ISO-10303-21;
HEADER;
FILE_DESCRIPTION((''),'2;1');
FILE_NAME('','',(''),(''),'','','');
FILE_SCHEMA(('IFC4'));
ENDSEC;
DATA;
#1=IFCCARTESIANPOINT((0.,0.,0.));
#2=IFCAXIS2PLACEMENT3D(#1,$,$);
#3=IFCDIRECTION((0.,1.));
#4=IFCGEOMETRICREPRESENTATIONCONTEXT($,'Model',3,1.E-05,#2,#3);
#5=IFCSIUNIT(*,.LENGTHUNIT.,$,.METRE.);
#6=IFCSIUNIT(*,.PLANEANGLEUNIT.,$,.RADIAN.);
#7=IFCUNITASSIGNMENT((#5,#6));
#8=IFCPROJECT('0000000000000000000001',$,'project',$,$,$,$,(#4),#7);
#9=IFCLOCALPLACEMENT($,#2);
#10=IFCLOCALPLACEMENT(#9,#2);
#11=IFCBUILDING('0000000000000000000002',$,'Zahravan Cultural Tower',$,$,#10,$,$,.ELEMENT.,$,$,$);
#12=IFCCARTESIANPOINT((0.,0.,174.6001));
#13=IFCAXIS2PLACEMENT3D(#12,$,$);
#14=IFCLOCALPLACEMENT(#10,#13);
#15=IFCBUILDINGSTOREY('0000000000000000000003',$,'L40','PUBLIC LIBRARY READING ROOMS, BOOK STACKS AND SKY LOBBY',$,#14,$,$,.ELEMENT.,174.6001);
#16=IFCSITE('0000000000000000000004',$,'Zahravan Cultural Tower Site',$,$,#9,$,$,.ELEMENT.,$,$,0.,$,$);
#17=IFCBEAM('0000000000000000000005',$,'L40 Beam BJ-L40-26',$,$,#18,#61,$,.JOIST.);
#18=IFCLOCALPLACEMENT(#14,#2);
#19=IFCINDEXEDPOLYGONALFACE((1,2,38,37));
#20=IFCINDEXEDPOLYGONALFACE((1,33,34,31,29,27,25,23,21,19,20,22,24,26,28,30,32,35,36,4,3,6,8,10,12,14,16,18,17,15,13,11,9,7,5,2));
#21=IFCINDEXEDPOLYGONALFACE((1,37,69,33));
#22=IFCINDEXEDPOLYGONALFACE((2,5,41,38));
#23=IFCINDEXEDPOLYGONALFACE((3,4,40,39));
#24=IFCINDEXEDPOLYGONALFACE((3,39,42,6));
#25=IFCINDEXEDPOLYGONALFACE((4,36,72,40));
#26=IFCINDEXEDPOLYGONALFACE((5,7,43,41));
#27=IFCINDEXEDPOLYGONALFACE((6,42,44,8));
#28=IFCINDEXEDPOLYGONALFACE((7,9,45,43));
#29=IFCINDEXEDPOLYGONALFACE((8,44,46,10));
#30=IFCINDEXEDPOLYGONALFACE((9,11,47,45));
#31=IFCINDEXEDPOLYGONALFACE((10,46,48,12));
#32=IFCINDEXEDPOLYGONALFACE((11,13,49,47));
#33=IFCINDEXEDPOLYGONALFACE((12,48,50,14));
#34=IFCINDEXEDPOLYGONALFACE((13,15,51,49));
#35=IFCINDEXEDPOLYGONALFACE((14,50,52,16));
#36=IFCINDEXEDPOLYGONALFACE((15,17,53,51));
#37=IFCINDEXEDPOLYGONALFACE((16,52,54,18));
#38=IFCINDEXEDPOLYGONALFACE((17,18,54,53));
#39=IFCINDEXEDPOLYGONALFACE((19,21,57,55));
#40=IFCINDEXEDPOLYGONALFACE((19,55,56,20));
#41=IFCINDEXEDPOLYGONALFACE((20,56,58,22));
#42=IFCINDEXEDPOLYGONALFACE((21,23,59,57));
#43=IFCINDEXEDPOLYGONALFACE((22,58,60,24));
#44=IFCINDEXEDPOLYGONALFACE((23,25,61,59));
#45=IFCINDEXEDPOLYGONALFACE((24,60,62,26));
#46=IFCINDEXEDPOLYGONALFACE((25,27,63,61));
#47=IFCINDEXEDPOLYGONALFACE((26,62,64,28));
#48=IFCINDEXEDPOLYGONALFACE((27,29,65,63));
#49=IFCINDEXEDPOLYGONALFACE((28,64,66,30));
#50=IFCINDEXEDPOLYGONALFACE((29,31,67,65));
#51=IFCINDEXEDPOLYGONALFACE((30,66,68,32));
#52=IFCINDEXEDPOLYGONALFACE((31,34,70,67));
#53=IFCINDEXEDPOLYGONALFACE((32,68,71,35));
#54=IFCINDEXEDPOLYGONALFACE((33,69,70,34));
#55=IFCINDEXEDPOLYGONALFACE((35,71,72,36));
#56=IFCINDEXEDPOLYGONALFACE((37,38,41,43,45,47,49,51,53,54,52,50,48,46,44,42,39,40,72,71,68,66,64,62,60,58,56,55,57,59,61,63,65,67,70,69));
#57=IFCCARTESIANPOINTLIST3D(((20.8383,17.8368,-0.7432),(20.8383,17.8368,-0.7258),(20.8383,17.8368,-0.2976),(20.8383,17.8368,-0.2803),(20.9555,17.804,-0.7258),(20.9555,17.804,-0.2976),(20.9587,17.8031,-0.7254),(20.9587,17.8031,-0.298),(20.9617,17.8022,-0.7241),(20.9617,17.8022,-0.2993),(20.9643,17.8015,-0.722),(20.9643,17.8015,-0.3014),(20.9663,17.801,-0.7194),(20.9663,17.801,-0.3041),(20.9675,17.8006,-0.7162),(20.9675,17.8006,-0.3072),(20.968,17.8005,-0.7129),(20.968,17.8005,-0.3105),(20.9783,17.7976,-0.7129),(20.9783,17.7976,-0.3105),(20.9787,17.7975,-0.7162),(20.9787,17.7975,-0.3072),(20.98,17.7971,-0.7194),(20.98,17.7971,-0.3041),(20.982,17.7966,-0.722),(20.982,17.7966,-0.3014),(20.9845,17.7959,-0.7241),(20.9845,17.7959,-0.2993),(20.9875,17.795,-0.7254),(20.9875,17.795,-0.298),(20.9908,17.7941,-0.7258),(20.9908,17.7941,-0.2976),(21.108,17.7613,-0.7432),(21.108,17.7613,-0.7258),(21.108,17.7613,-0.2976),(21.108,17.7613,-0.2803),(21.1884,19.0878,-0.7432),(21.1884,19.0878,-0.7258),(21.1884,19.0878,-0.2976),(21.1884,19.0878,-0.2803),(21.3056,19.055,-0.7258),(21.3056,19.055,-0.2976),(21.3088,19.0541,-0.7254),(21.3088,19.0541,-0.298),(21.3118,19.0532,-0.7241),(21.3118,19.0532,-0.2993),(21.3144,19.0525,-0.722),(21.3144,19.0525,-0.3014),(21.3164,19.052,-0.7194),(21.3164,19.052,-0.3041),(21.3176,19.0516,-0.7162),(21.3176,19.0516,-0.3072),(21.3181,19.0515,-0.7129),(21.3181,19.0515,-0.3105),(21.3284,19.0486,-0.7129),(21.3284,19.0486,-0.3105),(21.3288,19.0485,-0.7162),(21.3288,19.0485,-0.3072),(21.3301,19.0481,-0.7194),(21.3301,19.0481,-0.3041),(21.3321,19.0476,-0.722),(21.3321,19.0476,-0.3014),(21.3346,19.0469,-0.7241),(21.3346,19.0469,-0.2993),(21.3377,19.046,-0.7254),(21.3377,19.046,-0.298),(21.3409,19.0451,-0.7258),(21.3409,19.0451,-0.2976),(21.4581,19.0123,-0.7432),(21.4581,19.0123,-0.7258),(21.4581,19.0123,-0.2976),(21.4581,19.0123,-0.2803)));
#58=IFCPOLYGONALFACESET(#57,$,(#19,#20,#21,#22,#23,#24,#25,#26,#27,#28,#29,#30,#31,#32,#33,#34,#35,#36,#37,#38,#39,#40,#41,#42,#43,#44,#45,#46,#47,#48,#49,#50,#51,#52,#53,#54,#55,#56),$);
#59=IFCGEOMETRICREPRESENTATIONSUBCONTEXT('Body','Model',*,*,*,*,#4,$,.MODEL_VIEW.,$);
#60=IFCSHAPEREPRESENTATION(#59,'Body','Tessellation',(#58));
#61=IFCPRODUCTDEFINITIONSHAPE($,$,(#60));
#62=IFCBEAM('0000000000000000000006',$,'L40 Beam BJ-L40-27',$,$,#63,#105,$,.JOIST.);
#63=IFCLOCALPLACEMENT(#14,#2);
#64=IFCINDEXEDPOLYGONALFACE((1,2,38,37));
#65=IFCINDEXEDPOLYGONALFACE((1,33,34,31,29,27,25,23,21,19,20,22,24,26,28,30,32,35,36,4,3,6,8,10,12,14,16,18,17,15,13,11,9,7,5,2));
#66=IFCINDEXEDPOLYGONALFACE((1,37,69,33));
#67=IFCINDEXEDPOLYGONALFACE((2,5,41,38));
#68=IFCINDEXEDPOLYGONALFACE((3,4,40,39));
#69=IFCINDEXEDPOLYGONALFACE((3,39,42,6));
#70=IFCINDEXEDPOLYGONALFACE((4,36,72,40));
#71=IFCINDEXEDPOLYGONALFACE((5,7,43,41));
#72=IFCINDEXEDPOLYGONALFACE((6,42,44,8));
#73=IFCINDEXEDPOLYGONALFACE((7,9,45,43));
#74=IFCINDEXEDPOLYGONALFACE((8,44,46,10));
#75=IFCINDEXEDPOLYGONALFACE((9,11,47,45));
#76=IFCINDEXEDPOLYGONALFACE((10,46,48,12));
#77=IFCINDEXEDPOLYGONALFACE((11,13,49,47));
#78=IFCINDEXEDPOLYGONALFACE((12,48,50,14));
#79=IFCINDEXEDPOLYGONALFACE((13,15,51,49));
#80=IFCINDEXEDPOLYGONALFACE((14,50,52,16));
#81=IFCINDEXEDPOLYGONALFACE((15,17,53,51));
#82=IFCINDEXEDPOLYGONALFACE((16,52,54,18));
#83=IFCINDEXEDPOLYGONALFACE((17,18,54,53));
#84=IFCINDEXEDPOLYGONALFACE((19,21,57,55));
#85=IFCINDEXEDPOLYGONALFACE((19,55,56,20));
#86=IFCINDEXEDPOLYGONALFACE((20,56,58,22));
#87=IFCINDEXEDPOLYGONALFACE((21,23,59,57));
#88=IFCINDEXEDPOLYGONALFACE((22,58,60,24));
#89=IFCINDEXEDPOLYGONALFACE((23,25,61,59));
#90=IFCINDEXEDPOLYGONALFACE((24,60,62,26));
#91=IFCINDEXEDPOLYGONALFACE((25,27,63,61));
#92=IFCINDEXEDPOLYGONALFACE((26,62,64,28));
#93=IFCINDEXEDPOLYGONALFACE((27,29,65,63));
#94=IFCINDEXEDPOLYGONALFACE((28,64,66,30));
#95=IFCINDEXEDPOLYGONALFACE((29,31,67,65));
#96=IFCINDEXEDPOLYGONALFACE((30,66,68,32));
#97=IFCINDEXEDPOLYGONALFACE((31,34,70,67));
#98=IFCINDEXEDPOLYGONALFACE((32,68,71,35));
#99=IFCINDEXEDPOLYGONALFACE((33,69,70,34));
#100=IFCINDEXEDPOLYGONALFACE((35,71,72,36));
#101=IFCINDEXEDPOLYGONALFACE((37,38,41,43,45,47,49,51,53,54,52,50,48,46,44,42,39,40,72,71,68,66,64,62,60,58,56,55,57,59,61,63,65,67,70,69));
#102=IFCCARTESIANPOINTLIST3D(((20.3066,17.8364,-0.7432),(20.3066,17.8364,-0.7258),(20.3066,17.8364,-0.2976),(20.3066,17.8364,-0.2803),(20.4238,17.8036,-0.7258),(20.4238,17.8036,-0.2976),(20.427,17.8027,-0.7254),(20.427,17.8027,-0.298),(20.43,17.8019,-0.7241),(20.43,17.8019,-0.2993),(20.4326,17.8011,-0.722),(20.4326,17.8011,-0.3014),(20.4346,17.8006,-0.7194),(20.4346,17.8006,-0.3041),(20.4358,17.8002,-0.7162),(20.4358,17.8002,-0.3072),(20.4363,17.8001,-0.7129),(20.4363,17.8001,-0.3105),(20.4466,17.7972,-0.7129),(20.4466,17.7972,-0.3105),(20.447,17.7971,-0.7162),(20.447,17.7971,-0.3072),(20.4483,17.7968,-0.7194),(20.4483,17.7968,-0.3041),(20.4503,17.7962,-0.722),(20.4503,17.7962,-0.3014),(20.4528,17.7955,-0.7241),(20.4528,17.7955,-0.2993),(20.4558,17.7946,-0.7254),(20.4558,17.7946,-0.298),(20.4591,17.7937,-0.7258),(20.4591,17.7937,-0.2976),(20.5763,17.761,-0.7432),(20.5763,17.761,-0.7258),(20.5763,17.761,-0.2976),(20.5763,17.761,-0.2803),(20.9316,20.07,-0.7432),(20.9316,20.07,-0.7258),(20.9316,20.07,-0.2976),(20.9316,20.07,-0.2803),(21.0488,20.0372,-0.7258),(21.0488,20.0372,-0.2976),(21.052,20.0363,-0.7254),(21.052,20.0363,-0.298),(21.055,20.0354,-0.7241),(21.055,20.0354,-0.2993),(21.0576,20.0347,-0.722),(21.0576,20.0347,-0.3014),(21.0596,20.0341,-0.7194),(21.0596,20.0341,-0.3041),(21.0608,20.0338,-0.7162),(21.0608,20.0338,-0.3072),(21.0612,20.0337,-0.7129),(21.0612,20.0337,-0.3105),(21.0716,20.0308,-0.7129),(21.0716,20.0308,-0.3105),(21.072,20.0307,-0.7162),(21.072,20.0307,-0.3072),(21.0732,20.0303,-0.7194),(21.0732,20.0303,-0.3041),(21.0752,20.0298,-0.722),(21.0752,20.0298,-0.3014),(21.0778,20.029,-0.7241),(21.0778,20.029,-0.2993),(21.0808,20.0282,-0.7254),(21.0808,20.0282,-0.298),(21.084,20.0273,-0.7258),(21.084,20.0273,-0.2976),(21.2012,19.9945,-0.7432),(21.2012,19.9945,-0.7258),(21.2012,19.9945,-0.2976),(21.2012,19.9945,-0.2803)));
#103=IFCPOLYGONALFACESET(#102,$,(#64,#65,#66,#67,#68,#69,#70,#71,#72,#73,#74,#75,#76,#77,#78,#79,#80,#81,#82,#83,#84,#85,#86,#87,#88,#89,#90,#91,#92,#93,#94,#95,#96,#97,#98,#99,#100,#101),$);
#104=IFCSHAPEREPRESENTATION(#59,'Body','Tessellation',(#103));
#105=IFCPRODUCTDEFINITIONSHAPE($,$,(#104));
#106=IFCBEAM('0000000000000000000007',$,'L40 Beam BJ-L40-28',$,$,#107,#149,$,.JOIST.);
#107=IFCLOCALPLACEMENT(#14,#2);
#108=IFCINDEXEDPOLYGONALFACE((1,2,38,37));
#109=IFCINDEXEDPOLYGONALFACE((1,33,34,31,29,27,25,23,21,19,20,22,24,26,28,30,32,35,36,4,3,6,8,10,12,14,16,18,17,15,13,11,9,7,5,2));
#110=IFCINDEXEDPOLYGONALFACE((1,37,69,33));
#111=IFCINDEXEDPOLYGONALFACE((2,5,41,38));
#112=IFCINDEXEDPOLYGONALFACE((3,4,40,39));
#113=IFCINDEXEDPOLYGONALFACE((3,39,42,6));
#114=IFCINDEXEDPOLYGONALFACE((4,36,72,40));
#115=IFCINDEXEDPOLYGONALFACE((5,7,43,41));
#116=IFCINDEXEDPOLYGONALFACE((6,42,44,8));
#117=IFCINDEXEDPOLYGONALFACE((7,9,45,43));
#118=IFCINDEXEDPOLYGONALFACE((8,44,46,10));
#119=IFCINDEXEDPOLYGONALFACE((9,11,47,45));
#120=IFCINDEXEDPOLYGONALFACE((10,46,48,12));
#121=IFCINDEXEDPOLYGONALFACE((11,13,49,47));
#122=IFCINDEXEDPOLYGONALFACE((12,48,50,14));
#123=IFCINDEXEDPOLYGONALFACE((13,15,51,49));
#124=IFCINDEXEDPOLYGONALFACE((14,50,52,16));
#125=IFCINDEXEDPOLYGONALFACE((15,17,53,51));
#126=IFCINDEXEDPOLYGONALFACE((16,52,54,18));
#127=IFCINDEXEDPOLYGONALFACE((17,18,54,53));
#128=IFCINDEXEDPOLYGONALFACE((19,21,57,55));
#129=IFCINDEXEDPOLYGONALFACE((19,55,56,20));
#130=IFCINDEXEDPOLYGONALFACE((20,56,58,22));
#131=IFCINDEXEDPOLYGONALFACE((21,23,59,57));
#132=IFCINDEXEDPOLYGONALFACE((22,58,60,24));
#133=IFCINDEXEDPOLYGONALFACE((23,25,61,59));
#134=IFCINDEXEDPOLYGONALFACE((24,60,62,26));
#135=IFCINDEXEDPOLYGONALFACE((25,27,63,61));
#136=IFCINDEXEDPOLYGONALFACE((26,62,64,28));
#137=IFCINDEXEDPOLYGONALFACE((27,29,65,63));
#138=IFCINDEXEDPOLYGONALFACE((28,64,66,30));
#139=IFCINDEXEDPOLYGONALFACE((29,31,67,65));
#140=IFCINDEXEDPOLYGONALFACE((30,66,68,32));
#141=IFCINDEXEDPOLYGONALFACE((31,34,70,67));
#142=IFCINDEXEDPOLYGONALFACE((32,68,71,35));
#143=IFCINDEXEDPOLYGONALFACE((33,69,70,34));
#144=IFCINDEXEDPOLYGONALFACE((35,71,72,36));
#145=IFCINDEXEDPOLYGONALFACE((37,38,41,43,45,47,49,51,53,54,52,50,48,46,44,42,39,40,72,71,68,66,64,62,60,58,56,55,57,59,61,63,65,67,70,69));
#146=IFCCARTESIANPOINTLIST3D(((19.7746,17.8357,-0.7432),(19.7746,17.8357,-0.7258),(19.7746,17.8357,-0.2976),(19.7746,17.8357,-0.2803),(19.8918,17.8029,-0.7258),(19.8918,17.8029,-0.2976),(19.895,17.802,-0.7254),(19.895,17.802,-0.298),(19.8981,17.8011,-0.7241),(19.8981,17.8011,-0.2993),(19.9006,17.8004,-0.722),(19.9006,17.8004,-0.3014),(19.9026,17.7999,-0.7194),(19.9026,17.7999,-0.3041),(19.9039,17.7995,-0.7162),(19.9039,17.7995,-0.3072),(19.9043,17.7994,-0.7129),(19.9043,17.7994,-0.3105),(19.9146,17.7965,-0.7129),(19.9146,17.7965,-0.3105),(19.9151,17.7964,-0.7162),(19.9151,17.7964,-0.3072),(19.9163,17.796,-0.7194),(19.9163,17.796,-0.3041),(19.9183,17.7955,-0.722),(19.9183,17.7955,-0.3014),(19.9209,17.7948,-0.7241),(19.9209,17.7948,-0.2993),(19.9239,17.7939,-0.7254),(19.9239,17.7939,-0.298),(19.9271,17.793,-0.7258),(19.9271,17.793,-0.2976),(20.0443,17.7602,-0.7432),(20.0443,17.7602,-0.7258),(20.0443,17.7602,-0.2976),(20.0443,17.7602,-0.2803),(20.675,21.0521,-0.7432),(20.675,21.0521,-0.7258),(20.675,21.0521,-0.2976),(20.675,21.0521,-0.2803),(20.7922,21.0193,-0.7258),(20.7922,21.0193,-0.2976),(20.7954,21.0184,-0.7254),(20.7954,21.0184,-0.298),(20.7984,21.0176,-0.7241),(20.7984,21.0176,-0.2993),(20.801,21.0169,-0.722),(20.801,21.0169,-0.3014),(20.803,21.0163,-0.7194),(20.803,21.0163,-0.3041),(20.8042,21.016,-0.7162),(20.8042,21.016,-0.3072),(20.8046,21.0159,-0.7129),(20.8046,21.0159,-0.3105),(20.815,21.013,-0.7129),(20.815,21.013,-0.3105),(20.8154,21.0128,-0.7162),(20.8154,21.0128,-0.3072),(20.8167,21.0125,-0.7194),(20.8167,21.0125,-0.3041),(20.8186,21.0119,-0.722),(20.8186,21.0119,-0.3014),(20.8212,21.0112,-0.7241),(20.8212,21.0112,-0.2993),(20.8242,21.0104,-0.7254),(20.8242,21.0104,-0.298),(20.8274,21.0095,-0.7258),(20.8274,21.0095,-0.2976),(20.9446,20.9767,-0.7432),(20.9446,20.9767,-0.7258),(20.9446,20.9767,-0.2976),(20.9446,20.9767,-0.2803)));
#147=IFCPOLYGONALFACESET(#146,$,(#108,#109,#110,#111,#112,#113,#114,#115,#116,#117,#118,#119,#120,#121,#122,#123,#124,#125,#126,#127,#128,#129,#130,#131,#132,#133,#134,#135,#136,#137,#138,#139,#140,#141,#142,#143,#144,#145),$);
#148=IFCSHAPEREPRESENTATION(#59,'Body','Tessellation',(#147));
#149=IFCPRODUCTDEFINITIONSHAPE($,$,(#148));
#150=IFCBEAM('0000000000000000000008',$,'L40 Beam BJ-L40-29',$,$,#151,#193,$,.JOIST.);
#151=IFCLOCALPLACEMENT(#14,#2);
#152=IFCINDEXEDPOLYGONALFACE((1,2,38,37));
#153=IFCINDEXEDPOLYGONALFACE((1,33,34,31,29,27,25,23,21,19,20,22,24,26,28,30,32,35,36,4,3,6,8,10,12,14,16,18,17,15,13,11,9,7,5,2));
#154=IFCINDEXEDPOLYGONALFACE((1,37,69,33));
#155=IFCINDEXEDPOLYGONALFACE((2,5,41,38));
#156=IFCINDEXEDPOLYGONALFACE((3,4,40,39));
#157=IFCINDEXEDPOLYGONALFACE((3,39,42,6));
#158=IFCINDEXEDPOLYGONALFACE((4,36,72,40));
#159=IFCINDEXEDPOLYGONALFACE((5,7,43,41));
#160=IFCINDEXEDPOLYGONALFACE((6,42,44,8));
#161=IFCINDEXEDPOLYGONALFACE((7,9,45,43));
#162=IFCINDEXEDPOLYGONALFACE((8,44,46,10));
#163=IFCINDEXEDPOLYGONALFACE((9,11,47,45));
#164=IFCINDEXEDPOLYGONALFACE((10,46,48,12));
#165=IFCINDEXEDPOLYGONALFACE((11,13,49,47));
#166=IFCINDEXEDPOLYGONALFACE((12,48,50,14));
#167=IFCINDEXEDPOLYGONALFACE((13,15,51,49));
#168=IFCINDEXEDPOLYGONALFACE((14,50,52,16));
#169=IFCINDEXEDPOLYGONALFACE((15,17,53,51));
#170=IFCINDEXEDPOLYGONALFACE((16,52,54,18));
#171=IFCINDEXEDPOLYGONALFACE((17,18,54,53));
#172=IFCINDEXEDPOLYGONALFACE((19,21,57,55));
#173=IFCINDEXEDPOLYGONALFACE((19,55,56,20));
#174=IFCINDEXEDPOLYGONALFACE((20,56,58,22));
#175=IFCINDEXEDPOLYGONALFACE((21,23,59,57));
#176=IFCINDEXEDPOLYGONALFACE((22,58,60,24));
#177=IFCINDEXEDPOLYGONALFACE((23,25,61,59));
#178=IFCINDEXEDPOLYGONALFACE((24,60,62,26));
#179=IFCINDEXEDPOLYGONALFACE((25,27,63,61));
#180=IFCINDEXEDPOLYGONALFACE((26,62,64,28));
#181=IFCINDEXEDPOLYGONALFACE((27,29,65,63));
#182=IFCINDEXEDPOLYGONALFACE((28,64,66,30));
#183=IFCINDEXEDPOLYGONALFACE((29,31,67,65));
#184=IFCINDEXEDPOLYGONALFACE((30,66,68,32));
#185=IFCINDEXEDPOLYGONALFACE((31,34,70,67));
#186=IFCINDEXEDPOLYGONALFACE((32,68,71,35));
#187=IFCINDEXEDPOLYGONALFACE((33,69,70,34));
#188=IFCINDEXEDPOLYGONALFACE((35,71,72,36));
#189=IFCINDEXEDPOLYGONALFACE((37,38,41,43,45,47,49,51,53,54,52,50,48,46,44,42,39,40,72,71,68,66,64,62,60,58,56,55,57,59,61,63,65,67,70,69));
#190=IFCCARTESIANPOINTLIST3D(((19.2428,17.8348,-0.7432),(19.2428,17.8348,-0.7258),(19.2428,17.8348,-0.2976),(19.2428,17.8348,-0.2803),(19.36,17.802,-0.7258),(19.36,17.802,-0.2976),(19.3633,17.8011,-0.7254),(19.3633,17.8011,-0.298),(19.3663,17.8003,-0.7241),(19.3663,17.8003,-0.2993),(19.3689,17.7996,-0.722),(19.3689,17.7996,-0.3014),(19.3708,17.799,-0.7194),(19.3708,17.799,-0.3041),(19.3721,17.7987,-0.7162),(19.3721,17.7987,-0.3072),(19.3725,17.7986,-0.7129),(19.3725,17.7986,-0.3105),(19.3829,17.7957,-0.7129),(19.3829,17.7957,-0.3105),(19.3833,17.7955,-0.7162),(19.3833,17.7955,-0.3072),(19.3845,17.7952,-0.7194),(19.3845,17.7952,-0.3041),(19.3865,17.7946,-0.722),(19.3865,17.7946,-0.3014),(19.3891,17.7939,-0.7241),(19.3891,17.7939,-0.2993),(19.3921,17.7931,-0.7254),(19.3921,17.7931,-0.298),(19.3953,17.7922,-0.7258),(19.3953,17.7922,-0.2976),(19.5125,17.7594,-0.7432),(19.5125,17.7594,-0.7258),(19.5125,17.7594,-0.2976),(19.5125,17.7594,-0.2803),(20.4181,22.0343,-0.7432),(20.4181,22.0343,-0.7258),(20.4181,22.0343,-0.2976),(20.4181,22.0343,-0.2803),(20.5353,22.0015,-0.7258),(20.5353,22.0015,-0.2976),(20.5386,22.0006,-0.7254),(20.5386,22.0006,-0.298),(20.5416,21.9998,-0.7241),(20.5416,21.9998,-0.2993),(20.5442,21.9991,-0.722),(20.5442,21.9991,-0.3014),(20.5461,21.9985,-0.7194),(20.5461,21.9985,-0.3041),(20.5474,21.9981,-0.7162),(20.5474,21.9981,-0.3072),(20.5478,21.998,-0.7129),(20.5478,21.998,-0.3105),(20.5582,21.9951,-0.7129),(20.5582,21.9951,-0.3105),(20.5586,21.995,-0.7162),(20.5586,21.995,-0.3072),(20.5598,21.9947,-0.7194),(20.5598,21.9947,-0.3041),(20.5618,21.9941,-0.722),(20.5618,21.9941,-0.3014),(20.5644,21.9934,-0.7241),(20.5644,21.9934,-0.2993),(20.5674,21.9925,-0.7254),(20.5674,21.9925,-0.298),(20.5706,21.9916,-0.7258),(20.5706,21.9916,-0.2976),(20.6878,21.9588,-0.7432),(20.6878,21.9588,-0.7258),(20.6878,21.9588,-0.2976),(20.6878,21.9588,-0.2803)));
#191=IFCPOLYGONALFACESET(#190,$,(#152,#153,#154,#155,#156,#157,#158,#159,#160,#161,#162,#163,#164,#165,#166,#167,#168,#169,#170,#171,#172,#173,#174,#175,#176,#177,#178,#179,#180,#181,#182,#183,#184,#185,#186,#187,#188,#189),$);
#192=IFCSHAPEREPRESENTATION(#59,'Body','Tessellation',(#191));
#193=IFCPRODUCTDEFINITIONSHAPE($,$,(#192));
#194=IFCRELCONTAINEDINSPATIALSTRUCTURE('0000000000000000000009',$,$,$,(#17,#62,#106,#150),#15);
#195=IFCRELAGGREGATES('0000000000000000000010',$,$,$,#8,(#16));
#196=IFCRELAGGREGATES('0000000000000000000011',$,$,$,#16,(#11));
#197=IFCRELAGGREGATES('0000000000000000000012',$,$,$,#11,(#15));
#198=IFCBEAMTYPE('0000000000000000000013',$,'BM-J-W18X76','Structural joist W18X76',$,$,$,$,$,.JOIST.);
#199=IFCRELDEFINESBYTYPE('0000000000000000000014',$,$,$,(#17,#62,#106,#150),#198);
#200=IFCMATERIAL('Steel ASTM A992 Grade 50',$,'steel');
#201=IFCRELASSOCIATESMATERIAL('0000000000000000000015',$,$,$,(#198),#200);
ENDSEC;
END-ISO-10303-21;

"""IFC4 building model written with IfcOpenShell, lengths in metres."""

from ifc_helpers import new_model, si_unit, direction, frame, origin, origin_2d, place, context, subcontext, project, spatial, i_section, extrude, source, transform, mapped, material, material_profile, profile_set, type_object, element, save


model = new_model("IFC4")

# Units and contexts
model_context = context("Model", 3, precision=1e-05, world=origin(), true_north=direction((0.0, 1.0)))
body_context = subcontext(model_context, "Body", "Model", "MODEL_VIEW")
ifc_project = project(units=[si_unit("LENGTHUNIT", "METRE"), si_unit("PLANEANGLEUNIT", "RADIAN")], contexts=[model_context])

# Site, building, storey
site_placement = place(None, origin())
site = spatial("IfcSite", under=ifc_project, at=site_placement, Name="Zahravan Cultural Tower Site", CompositionType="ELEMENT", RefElevation=0.0)
building_placement = place(site_placement, origin())
building = spatial("IfcBuilding", under=site, at=building_placement, Name="Zahravan Cultural Tower", CompositionType="ELEMENT")
storey_placement = place(building_placement, frame((0.0, 0.0, 174.6001)))
storey = spatial("IfcBuildingStorey", under=building, at=storey_placement, Name="L40", Description="PUBLIC LIBRARY READING ROOMS, BOOK STACKS AND SKY LOBBY", CompositionType="ELEMENT", Elevation=174.6001)

# Shared definitions
ifc_material_1 = material(Name="Steel ASTM A992 Grade 50", Category="steel")

# Beams
ifc_material_profile_1 = material_profile(ifc_material_1, i_section(OverallWidth=0.28, OverallDepth=0.4629, WebThickness=0.0107, FlangeThickness=0.0173, FilletRadius=0.0129, at=origin_2d()), Name="W18X76")
ifc_profile_set_1 = profile_set([ifc_material_profile_1], Name="Steel ASTM A992 Grade 50")
beam_type_1 = type_object("IfcBeamType", Name="BM-J-W18X76", Description="Structural joist W18X76", PredefinedType="JOIST", material=ifc_profile_set_1)
shared_shape_1 = source(origin(), body_context, "Body", "SweptSolid", [
    extrude(i_section(OverallWidth=0.28, OverallDepth=0.4629, WebThickness=0.0107, FlangeThickness=0.0173, FilletRadius=0.0129, at=origin_2d()), origin(), (0.0, 0.0, 1.0), 1.2991),
])
beam_1_placement = place(storey_placement, frame((21.3232, 19.05, -0.5117), z_axis=(-0.269504, -0.962999, 0.0), x_axis=(0.962999, -0.269504, 0.0)))
element("IfcBeam", 1, at=beam_1_placement, inside=storey, type_object=beam_type_1, Name="L40 Beam BJ-L40-26", PredefinedType="JOIST", context=body_context, shape_type="MappedRepresentation", body=[
    mapped(shared_shape_1, transform((0.0, 0.0, 0.0), x_axis=(1.0, 0.0, 0.0), y_axis=(0.0, 1.0, 0.0), z_axis=(0.0, 0.0, 1.0), scale=1.0)),
])
shared_shape_2 = source(origin(), body_context, "Body", "SweptSolid", [
    extrude(i_section(OverallWidth=0.28, OverallDepth=0.4629, WebThickness=0.0107, FlangeThickness=0.0173, FilletRadius=0.0129, at=origin_2d()), origin(), (0.0, 0.0, 1.0), 2.3193),
])
beam_2_placement = place(storey_placement, frame((21.0664, 20.0322, -0.5117), z_axis=(-0.269462, -0.963011, 0.0), x_axis=(0.963011, -0.269462, 0.0)))
element("IfcBeam", 2, at=beam_2_placement, inside=storey, type_object=beam_type_1, Name="L40 Beam BJ-L40-27", PredefinedType="JOIST", context=body_context, shape_type="MappedRepresentation", body=[
    mapped(shared_shape_2, transform((0.0, 0.0, 0.0), x_axis=(1.0, 0.0, 0.0), y_axis=(0.0, 1.0, 0.0), z_axis=(0.0, 0.0, 1.0), scale=1.0)),
])
shared_shape_3 = source(origin(), body_context, "Body", "SweptSolid", [
    extrude(i_section(OverallWidth=0.28, OverallDepth=0.4629, WebThickness=0.0107, FlangeThickness=0.0173, FilletRadius=0.0129, at=origin_2d()), origin(), (0.0, 0.0, 1.0), 3.3401),
])
beam_3_placement = place(storey_placement, frame((20.8098, 21.0144, -0.5117), z_axis=(-0.269562, -0.962983, 0.0), x_axis=(0.962983, -0.269562, 0.0)))
element("IfcBeam", 3, at=beam_3_placement, inside=storey, type_object=beam_type_1, Name="L40 Beam BJ-L40-28", PredefinedType="JOIST", context=body_context, shape_type="MappedRepresentation", body=[
    mapped(shared_shape_3, transform((0.0, 0.0, 0.0), x_axis=(1.0, 0.0, 0.0), y_axis=(0.0, 1.0, 0.0), z_axis=(0.0, 0.0, 1.0), scale=1.0)),
])
shared_shape_4 = source(origin(), body_context, "Body", "SweptSolid", [
    extrude(i_section(OverallWidth=0.28, OverallDepth=0.4629, WebThickness=0.0107, FlangeThickness=0.0173, FilletRadius=0.0129, at=origin_2d()), origin(), (0.0, 0.0, 1.0), 4.3608),
])
beam_4_placement = place(storey_placement, frame((20.553, 21.9966, -0.5117), z_axis=(-0.269512, -0.962997, 0.0), x_axis=(0.962997, -0.269512, 0.0)))
element("IfcBeam", 4, at=beam_4_placement, inside=storey, type_object=beam_type_1, Name="L40 Beam BJ-L40-29", PredefinedType="JOIST", context=body_context, shape_type="MappedRepresentation", body=[
    mapped(shared_shape_4, transform((0.0, 0.0, 0.0), x_axis=(1.0, 0.0, 0.0), y_axis=(0.0, 1.0, 0.0), z_axis=(0.0, 0.0, 1.0), scale=1.0)),
])

save(model, "model.ifc")
